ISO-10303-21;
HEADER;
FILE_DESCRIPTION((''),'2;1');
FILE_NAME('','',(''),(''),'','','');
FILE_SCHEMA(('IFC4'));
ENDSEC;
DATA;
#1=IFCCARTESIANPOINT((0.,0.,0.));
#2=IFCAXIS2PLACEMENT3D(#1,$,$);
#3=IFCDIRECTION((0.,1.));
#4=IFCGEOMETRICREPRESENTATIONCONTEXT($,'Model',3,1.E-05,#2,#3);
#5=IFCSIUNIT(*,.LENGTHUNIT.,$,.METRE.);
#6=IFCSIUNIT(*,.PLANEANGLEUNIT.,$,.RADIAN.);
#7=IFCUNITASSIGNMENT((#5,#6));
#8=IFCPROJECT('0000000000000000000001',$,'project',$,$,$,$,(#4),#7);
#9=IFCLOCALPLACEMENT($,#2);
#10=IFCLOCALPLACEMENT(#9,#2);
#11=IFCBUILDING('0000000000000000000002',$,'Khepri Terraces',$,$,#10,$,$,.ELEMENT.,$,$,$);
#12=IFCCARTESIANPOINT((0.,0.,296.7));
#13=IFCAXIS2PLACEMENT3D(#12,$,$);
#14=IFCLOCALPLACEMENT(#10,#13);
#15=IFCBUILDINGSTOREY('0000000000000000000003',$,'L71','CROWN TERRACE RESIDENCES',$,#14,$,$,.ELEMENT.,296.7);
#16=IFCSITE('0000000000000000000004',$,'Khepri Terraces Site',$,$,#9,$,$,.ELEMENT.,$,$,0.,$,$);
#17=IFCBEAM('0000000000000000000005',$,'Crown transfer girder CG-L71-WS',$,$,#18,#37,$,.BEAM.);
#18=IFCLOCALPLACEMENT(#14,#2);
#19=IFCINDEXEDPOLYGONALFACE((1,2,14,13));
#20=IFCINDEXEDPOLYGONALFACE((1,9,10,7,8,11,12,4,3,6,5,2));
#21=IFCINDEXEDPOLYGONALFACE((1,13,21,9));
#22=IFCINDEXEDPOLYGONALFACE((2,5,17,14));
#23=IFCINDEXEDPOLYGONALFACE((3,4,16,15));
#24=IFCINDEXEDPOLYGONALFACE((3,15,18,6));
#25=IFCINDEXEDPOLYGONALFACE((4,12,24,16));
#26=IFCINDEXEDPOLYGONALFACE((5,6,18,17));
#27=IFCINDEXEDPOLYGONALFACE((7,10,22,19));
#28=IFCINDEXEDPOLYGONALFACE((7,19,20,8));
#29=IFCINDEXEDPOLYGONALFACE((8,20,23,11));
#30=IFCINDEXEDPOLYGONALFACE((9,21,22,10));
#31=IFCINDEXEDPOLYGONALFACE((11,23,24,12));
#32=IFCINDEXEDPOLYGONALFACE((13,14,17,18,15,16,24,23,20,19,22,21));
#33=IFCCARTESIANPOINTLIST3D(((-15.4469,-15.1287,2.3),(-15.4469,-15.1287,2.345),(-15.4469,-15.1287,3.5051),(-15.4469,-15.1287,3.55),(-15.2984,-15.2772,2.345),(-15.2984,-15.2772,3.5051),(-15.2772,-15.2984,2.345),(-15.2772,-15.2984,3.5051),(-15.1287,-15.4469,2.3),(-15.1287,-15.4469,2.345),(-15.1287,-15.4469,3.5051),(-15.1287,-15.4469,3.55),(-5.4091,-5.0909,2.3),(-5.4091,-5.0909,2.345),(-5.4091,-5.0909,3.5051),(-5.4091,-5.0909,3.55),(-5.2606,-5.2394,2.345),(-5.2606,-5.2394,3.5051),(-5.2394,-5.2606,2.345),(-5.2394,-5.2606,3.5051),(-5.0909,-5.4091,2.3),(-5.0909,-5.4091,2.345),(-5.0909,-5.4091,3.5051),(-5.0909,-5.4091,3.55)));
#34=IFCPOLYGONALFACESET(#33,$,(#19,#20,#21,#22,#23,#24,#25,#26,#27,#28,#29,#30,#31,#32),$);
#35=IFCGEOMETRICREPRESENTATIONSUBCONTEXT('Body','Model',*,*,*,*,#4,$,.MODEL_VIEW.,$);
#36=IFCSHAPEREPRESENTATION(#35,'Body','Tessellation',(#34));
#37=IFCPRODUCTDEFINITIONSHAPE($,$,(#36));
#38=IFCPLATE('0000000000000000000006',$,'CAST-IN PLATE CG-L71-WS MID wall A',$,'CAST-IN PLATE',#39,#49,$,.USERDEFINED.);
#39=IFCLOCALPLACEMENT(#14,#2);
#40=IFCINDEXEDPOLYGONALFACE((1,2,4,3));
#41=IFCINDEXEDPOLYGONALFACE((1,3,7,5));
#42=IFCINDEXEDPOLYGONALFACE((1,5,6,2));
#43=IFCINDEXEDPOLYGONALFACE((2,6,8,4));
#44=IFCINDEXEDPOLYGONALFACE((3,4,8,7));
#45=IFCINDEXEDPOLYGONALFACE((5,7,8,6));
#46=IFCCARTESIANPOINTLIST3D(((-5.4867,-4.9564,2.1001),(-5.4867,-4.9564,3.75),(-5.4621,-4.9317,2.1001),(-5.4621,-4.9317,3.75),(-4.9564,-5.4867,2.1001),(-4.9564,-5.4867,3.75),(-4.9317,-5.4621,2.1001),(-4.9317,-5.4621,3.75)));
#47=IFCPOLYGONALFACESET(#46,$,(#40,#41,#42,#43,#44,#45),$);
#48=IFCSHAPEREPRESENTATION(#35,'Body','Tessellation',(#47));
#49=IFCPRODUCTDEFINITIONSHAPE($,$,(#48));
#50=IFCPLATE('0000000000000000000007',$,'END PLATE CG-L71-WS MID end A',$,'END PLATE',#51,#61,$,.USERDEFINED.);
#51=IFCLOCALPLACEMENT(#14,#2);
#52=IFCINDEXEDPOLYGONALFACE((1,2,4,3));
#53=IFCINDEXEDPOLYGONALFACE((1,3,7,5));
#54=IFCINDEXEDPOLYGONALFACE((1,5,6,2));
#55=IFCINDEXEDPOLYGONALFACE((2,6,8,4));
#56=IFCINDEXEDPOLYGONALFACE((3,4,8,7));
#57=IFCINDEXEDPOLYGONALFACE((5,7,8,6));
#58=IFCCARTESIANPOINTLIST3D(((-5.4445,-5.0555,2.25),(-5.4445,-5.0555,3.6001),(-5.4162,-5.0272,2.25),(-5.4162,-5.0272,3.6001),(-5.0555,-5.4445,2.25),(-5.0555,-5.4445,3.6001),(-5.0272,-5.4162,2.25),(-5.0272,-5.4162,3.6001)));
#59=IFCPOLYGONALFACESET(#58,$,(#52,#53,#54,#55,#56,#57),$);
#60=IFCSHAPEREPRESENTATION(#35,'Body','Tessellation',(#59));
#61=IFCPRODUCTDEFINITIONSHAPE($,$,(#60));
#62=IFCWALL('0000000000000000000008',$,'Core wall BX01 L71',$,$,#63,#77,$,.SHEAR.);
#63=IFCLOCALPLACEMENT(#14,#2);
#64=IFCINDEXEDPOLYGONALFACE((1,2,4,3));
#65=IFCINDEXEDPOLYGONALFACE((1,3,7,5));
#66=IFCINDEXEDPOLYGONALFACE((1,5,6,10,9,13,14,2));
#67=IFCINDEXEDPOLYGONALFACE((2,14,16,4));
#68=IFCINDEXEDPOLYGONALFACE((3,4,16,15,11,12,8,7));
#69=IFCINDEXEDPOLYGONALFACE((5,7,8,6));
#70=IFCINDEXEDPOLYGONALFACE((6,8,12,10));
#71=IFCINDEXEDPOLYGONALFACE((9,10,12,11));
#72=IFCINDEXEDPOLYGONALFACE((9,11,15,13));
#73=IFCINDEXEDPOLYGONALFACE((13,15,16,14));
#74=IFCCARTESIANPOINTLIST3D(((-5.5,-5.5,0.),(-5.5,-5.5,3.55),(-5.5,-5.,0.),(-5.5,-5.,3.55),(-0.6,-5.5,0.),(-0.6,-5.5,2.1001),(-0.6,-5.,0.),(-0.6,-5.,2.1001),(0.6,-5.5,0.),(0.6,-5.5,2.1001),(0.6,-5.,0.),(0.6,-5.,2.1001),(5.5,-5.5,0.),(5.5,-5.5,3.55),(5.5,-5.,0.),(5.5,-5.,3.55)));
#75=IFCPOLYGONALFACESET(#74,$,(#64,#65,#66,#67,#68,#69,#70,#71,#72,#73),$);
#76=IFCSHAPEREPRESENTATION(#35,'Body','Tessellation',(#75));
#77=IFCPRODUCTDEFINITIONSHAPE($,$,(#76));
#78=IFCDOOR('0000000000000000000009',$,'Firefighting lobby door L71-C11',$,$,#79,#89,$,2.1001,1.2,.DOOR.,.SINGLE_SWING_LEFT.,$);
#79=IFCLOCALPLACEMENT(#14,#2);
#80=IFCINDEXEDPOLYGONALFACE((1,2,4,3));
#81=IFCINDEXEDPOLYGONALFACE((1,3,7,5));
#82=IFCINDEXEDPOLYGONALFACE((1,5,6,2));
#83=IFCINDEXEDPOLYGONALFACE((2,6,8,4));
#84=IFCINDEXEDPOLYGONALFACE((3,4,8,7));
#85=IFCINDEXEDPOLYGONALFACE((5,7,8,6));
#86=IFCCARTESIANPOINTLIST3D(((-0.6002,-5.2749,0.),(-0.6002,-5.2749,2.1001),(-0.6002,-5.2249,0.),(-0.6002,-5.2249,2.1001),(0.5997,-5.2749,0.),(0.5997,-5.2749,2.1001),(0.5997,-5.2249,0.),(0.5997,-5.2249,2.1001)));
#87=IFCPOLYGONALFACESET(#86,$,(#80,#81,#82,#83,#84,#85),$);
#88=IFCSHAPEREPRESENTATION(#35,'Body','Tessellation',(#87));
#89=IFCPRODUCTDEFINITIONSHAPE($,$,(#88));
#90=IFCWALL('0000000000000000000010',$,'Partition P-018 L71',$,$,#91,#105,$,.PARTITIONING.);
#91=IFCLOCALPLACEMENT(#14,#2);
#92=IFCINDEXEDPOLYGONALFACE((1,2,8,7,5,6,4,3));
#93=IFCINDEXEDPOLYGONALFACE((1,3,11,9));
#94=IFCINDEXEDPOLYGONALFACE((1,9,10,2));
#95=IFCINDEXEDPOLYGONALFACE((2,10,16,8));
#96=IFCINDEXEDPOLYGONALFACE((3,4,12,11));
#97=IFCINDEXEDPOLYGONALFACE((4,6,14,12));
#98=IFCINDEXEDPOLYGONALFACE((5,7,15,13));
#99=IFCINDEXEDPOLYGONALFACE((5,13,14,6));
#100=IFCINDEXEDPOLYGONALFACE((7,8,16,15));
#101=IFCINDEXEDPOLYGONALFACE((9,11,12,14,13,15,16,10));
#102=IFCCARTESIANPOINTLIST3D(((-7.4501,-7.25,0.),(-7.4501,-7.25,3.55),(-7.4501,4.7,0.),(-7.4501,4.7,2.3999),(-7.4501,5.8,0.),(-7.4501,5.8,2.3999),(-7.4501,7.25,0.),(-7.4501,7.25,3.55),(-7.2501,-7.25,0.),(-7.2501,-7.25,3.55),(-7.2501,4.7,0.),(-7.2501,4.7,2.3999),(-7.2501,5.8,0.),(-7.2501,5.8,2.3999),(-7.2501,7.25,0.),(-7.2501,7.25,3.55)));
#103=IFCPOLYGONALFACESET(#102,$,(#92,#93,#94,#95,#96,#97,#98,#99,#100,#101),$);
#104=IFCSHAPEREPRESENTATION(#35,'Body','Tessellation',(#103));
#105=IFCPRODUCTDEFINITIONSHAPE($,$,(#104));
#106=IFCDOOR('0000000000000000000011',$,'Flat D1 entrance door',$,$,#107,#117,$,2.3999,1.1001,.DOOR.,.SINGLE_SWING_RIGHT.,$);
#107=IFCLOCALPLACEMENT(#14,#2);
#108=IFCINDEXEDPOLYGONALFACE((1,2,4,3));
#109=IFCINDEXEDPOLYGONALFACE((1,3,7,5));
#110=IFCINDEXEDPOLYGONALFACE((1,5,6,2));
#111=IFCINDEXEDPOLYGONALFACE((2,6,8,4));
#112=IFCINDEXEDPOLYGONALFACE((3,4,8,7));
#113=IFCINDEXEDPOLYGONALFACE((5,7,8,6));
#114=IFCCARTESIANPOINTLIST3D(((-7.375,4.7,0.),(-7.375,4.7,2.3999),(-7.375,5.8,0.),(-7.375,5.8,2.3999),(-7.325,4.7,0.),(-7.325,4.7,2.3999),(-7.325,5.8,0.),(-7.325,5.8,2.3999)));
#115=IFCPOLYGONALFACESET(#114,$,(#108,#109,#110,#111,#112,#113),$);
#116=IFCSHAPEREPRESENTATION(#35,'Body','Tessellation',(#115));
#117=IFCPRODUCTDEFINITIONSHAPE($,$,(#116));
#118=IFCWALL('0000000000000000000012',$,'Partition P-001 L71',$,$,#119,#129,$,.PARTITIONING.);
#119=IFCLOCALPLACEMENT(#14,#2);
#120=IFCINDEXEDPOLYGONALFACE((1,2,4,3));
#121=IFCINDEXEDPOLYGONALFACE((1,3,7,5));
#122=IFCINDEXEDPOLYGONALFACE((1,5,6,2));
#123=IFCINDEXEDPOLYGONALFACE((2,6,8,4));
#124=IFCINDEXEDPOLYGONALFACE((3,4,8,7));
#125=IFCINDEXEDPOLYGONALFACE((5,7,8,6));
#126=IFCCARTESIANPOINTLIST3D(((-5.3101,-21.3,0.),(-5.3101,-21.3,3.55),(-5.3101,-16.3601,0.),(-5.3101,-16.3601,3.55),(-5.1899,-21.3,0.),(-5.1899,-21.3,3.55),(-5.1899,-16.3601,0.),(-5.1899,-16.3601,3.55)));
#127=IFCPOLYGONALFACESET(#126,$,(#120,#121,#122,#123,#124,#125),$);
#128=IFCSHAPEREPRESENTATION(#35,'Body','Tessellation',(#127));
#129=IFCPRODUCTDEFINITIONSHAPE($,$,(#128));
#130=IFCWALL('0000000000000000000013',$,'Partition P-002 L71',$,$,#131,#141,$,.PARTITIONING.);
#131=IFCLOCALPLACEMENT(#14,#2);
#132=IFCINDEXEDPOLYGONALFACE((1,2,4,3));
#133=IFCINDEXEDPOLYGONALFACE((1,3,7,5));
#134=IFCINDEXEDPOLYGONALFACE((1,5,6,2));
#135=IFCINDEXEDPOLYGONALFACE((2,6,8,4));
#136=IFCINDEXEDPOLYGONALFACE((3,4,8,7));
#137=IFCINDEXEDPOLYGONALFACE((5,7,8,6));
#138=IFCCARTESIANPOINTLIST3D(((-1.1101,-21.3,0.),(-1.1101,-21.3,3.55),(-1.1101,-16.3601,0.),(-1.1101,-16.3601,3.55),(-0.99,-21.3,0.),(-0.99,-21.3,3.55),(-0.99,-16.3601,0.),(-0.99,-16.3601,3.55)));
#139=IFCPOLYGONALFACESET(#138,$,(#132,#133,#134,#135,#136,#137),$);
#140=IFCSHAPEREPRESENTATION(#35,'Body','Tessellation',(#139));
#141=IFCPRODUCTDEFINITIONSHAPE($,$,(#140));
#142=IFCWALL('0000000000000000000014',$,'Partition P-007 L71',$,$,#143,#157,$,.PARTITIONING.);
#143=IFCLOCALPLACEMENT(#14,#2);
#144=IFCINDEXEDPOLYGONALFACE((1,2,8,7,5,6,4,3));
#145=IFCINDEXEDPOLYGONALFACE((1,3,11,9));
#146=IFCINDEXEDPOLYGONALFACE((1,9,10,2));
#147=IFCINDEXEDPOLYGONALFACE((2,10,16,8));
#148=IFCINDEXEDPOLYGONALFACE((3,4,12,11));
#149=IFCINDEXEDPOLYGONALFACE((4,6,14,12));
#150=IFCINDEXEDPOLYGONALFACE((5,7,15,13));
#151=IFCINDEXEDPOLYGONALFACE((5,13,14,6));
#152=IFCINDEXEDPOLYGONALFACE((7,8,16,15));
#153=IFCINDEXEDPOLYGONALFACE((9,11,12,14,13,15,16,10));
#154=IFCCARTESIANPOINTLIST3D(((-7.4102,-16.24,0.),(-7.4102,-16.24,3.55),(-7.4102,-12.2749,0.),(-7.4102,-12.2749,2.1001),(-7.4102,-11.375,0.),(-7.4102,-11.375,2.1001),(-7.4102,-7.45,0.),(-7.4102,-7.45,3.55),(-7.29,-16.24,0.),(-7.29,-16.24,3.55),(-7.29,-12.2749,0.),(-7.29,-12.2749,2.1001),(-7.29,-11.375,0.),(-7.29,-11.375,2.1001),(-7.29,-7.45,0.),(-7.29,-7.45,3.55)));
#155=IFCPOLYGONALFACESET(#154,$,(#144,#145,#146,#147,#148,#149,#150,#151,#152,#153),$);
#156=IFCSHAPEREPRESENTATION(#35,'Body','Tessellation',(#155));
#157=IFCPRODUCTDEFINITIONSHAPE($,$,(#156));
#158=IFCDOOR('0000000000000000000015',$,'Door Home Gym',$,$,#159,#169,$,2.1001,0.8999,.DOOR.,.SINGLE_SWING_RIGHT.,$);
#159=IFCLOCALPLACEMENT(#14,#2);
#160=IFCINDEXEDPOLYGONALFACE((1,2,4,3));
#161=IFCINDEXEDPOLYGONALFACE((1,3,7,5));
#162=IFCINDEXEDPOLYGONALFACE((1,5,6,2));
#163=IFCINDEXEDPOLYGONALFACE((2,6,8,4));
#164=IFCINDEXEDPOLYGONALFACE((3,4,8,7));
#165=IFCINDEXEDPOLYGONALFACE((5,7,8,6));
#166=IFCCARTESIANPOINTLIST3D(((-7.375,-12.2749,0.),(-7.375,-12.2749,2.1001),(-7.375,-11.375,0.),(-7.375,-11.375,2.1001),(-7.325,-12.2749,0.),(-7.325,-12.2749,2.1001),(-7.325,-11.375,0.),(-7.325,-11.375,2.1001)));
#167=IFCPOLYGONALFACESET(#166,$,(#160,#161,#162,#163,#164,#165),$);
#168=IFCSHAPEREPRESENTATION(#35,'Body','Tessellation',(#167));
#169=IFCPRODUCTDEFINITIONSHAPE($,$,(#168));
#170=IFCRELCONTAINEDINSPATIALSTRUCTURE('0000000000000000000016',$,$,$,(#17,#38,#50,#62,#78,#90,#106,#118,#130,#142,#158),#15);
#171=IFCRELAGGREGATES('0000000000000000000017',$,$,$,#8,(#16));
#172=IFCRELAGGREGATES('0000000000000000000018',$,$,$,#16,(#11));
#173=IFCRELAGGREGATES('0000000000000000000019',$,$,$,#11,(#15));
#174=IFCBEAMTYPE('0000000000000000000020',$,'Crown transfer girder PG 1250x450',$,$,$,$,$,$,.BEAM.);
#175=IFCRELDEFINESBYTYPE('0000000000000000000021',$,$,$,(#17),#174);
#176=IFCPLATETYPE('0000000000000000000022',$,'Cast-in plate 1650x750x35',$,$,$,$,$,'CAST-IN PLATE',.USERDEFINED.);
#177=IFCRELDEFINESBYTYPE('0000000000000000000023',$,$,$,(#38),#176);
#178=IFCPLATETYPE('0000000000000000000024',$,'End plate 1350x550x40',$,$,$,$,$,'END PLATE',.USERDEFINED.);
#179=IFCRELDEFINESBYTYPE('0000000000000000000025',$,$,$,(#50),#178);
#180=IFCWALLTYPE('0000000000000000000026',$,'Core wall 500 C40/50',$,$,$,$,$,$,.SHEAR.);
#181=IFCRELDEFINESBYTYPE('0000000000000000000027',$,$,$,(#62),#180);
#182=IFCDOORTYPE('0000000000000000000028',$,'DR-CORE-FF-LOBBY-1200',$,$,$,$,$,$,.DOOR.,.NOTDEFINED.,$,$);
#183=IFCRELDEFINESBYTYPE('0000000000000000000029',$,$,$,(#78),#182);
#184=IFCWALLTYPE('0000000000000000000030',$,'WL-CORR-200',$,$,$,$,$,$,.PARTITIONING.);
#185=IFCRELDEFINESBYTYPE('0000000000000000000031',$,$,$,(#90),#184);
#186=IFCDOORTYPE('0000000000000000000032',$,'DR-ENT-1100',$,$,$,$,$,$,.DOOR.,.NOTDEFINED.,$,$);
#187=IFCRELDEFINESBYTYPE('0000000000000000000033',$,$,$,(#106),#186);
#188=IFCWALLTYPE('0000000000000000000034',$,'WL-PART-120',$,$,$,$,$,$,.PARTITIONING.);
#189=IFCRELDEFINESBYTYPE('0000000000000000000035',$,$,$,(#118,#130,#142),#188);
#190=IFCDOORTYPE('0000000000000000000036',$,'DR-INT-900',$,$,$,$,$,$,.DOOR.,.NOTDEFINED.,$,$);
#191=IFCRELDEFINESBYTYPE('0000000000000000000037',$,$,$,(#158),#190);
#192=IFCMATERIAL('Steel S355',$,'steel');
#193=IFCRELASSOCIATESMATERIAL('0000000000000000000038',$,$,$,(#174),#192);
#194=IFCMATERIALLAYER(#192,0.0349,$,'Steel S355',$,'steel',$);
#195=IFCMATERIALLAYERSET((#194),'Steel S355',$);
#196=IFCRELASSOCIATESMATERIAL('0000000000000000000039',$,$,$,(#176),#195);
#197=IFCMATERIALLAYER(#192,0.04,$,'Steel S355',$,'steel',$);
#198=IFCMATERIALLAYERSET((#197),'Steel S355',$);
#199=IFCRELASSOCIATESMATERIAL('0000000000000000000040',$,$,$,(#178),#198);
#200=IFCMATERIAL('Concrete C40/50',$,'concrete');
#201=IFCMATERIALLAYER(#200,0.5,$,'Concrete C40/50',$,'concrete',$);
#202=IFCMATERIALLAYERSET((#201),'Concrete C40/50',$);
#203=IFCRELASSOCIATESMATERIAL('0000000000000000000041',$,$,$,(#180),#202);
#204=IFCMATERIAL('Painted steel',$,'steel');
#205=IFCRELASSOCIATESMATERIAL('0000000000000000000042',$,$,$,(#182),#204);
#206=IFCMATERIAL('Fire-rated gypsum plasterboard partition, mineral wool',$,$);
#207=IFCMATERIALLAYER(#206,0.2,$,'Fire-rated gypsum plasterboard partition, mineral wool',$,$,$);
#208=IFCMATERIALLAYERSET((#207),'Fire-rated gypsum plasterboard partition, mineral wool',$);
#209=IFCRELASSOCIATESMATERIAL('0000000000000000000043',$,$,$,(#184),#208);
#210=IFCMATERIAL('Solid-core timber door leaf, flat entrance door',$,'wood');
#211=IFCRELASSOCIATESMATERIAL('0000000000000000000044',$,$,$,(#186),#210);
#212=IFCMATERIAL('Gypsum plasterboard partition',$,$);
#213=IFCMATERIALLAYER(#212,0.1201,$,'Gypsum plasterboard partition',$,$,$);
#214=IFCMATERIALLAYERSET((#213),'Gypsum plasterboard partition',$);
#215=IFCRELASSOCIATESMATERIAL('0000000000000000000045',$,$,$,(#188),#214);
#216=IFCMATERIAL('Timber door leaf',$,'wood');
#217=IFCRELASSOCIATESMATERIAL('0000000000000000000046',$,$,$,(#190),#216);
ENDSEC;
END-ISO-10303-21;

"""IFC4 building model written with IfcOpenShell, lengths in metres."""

from ifc_helpers import new_model, si_unit, direction, frame, frame_2d, origin, origin_2d, place, context, subcontext, project, spatial, rectangle, i_section, extrude, material, layer, layer_set, material_profile, profile_set, type_object, element, fill, save


model = new_model("IFC4")

# Units and contexts
model_context = context("Model", 3, precision=1e-05, world=origin(), true_north=direction((0.0, 1.0)))
body_context = subcontext(model_context, "Body", "Model", "MODEL_VIEW")
ifc_project = project(units=[si_unit("LENGTHUNIT", "METRE"), si_unit("PLANEANGLEUNIT", "RADIAN")], contexts=[model_context])

# Site, building, storey
site_placement = place(None, origin())
site = spatial("IfcSite", under=ifc_project, at=site_placement, Name="Khepri Terraces Site", CompositionType="ELEMENT", RefElevation=0.0)
building_placement = place(site_placement, origin())
building = spatial("IfcBuilding", under=site, at=building_placement, Name="Khepri Terraces", CompositionType="ELEMENT")
storey_placement = place(building_placement, frame((0.0, 0.0, 296.7)))
storey = spatial("IfcBuildingStorey", under=building, at=storey_placement, Name="L71", Description="CROWN TERRACE RESIDENCES", CompositionType="ELEMENT", Elevation=296.7)

# Beam
ifc_material_1 = material(Name="Steel S355", Category="steel")
ifc_material_profile = material_profile(ifc_material_1, i_section(OverallWidth=0.45, OverallDepth=1.25, WebThickness=0.03, FlangeThickness=0.0449, at=origin_2d()), Name="Steel S355", Category="steel")
ifc_profile_set = profile_set([ifc_material_profile], Name="Steel S355")
beam_type = type_object("IfcBeamType", Name="Crown transfer girder PG 1250x450", PredefinedType="BEAM", material=ifc_profile_set)
beam_placement = place(storey_placement, frame((-5.25, -5.25, 2.925), z_axis=(-0.707107, -0.707107, 0.0), x_axis=(0.707107, -0.707107, 0.0)))
element("IfcBeam", 1, at=beam_placement, inside=storey, type_object=beam_type, Name="Crown transfer girder CG-L71-WS", PredefinedType="BEAM", context=body_context, shape_type="SweptSolid", body=[
    extrude(i_section(OverallWidth=0.45, OverallDepth=1.25, WebThickness=0.03, FlangeThickness=0.0449, at=origin_2d()), origin(), (0.0, 0.0, 1.0), 14.1956),
])

# Plates
ifc_layer_1 = layer(ifc_material_1, 0.0349, Name="Steel S355", Category="steel")
ifc_layer_set_1 = layer_set([ifc_layer_1], Name="Steel S355")
plate_type_1 = type_object("IfcPlateType", Name="Cast-in plate 1650x750x35", ElementType="CAST-IN PLATE", PredefinedType="USERDEFINED", material=ifc_layer_set_1)
plate_1_placement = place(storey_placement, frame((-5.2092, -5.2092, 2.1001), z_axis=(0.0, 0.0, 1.0), x_axis=(-0.707107, -0.707107, 0.0)))
element("IfcPlate", 2, at=plate_1_placement, inside=storey, type_object=plate_type_1, Name="CAST-IN PLATE CG-L71-WS MID wall A", ObjectType="CAST-IN PLATE", PredefinedType="USERDEFINED", context=body_context, shape_type="SweptSolid", body=[
    extrude(rectangle(XDim=0.0349, YDim=0.75, at=origin_2d()), origin(), (0.0, 0.0, 1.0), 1.6499),
])
ifc_layer_2 = layer(ifc_material_1, 0.04, Name="Steel S355", Category="steel")
ifc_layer_set_2 = layer_set([ifc_layer_2], Name="Steel S355")
plate_type_2 = type_object("IfcPlateType", Name="End plate 1350x550x40", ElementType="END PLATE", PredefinedType="USERDEFINED", material=ifc_layer_set_2)
plate_2_placement = place(storey_placement, frame((-5.2358, -5.2358, 2.25), z_axis=(0.0, 0.0, 1.0), x_axis=(-0.707107, -0.707107, 0.0)))
element("IfcPlate", 3, at=plate_2_placement, inside=storey, type_object=plate_type_2, Name="END PLATE CG-L71-WS MID end A", ObjectType="END PLATE", PredefinedType="USERDEFINED", context=body_context, shape_type="SweptSolid", body=[
    extrude(rectangle(XDim=0.04, YDim=0.55, at=origin_2d()), origin(), (0.0, 0.0, 1.0), 1.3501),
])

# Walls, openings, doors
ifc_material_2 = material(Name="Concrete C40/50", Category="concrete")
ifc_layer_3 = layer(ifc_material_2, 0.5, Name="Concrete C40/50", Category="concrete")
ifc_layer_set_3 = layer_set([ifc_layer_3], Name="Concrete C40/50")
wall_type_1 = type_object("IfcWallType", Name="Core wall 500 C40/50", PredefinedType="SHEAR", material=ifc_layer_set_3)
wall_1_placement = place(storey_placement, frame((-5.5, -5.25, 0.0), z_axis=(0.0, 0.0, 1.0), x_axis=(1.0, 0.0, 0.0)))
wall_1 = element("IfcWall", 4, at=wall_1_placement, inside=storey, type_object=wall_type_1, Name="Core wall BX01 L71", PredefinedType="SHEAR", context=body_context, shape_type="SweptSolid", body=[
    extrude(rectangle(XDim=11.0, YDim=0.5, at=frame_2d((5.5, 0.0))), origin(), (0.0, 0.0, 1.0), 3.55),
])
opening_1_placement = place(wall_1_placement, frame((4.8999, 0.0, 0.0)))
opening_1 = element("IfcOpeningElement", 5, at=opening_1_placement, cuts=wall_1, PredefinedType="OPENING", context=body_context, shape_type="SweptSolid", body=[
    extrude(rectangle(XDim=1.2, YDim=2.1001, at=frame_2d((0.6001, 1.05))), frame((0.0, 0.26, 0.0), z_axis=(0.0, -1.0, 0.0), x_axis=(1.0, 0.0, 0.0)), (0.0, 0.0, 1.0), 0.52),
])
ifc_material_3 = material(Name="Painted steel", Category="steel")
door_type_1 = type_object("IfcDoorType", Name="DR-CORE-FF-LOBBY-1200", OperationType="NOTDEFINED", PredefinedType="DOOR", material=ifc_material_3)
door_1_placement = place(opening_1_placement, frame((1.2, 0.0, 0.0), z_axis=(0.0, 0.0, 1.0), x_axis=(-1.0, 0.0, 0.0)))
door_1 = element("IfcDoor", 6, at=door_1_placement, inside=storey, type_object=door_type_1, Name="Firefighting lobby door L71-C11", OperationType="SINGLE_SWING_LEFT", OverallHeight=2.1001, OverallWidth=1.2, PredefinedType="DOOR", context=body_context, shape_type="SweptSolid", body=[
    extrude(rectangle(XDim=1.2, YDim=2.1001, at=frame_2d((0.6001, 1.05))), frame((0.0, 0.0249, 0.0), z_axis=(0.0, -1.0, 0.0), x_axis=(1.0, 0.0, 0.0)), (0.0, 0.0, 1.0), 0.05),
])
fill(opening_1, door_1)
ifc_material_4 = material(Name="Fire-rated gypsum plasterboard partition, mineral wool")
ifc_layer_4 = layer(ifc_material_4, 0.2, Name="Fire-rated gypsum plasterboard partition, mineral wool")
ifc_layer_set_4 = layer_set([ifc_layer_4], Name="Fire-rated gypsum plasterboard partition, mineral wool")
wall_type_2 = type_object("IfcWallType", Name="WL-CORR-200", PredefinedType="PARTITIONING", material=ifc_layer_set_4)
wall_2_placement = place(storey_placement, frame((-7.3501, -7.25, 0.0), z_axis=(0.0, 0.0, 1.0), x_axis=(0.0, 1.0, 0.0)))
wall_2 = element("IfcWall", 7, at=wall_2_placement, inside=storey, type_object=wall_type_2, Name="Partition P-018 L71", PredefinedType="PARTITIONING", context=body_context, shape_type="SweptSolid", body=[
    extrude(rectangle(XDim=14.5, YDim=0.2, at=frame_2d((7.25, 0.0))), origin(), (0.0, 0.0, 1.0), 3.55),
])
opening_2_placement = place(wall_2_placement, frame((11.95, 0.0, 0.0)))
opening_2 = element("IfcOpeningElement", 8, at=opening_2_placement, cuts=wall_2, PredefinedType="OPENING", context=body_context, shape_type="SweptSolid", body=[
    extrude(rectangle(XDim=1.1001, YDim=2.3999, at=frame_2d((0.55, 1.2))), frame((0.0, 0.1099, 0.0), z_axis=(0.0, -1.0, 0.0), x_axis=(1.0, 0.0, 0.0)), (0.0, 0.0, 1.0), 0.22),
])
ifc_material_5 = material(Name="Solid-core timber door leaf, flat entrance door", Category="wood")
door_type_2 = type_object("IfcDoorType", Name="DR-ENT-1100", OperationType="NOTDEFINED", PredefinedType="DOOR", material=ifc_material_5)
door_2_placement = place(opening_2_placement, origin())
door_2 = element("IfcDoor", 9, at=door_2_placement, inside=storey, type_object=door_type_2, Name="Flat D1 entrance door", OperationType="SINGLE_SWING_RIGHT", OverallHeight=2.3999, OverallWidth=1.1001, PredefinedType="DOOR", context=body_context, shape_type="SweptSolid", body=[
    extrude(rectangle(XDim=1.1001, YDim=2.3999, at=frame_2d((0.55, 1.2))), frame((0.0, 0.0249, 0.0), z_axis=(0.0, -1.0, 0.0), x_axis=(1.0, 0.0, 0.0)), (0.0, 0.0, 1.0), 0.05),
])
fill(opening_2, door_2)

# Walls
ifc_material_6 = material(Name="Gypsum plasterboard partition")
ifc_layer_5 = layer(ifc_material_6, 0.1201, Name="Gypsum plasterboard partition")
ifc_layer_set_5 = layer_set([ifc_layer_5], Name="Gypsum plasterboard partition")
wall_type_3 = type_object("IfcWallType", Name="WL-PART-120", PredefinedType="PARTITIONING", material=ifc_layer_set_5)
for number, where, z_axis, x_axis, name in (
    (10, (-5.25, -21.3, 0.0), (0.0, 0.0, 1.0), (0.0, 1.0, 0.0), "Partition P-001 L71"),
    (11, (-1.05, -21.3, 0.0), (0.0, 0.0, 1.0), (0.0, 1.0, 0.0), "Partition P-002 L71"),
):
    element("IfcWall", number, at=place(storey_placement, frame(where, z_axis=z_axis, x_axis=x_axis)), inside=storey, type_object=wall_type_3, Name=name, PredefinedType="PARTITIONING", context=body_context, shape_type="SweptSolid", body=[
        extrude(rectangle(XDim=4.9399, YDim=0.1201, at=frame_2d((2.47, 0.0))), origin(), (0.0, 0.0, 1.0), 3.55),
    ])

# Wall, opening, door
wall_3_placement = place(storey_placement, frame((-7.3501, -16.24, 0.0), z_axis=(0.0, 0.0, 1.0), x_axis=(0.0, 1.0, 0.0)))
wall_3 = element("IfcWall", 12, at=wall_3_placement, inside=storey, type_object=wall_type_3, Name="Partition P-007 L71", PredefinedType="PARTITIONING", context=body_context, shape_type="SweptSolid", body=[
    extrude(rectangle(XDim=8.79, YDim=0.1201, at=frame_2d((4.395, 0.0))), origin(), (0.0, 0.0, 1.0), 3.55),
])
opening_3_placement = place(wall_3_placement, frame((3.9651, 0.0, 0.0)))
opening_3 = element("IfcOpeningElement", 13, at=opening_3_placement, cuts=wall_3, PredefinedType="OPENING", context=body_context, shape_type="SweptSolid", body=[
    extrude(rectangle(XDim=0.8999, YDim=2.1001, at=frame_2d((0.45, 1.05))), frame((0.0, 0.0701, 0.0), z_axis=(0.0, -1.0, 0.0), x_axis=(1.0, 0.0, 0.0)), (0.0, 0.0, 1.0), 0.1401),
])
ifc_material_7 = material(Name="Timber door leaf", Category="wood")
door_type_3 = type_object("IfcDoorType", Name="DR-INT-900", OperationType="NOTDEFINED", PredefinedType="DOOR", material=ifc_material_7)
door_3_placement = place(opening_3_placement, origin())
door_3 = element("IfcDoor", 14, at=door_3_placement, inside=storey, type_object=door_type_3, Name="Door Home Gym", OperationType="SINGLE_SWING_RIGHT", OverallHeight=2.1001, OverallWidth=0.8999, PredefinedType="DOOR", context=body_context, shape_type="SweptSolid", body=[
    extrude(rectangle(XDim=0.8999, YDim=2.1001, at=frame_2d((0.45, 1.05))), frame((0.0, 0.0249, 0.0), z_axis=(0.0, -1.0, 0.0), x_axis=(1.0, 0.0, 0.0)), (0.0, 0.0, 1.0), 0.05),
])
fill(opening_3, door_3)

save(model, "model.ifc")
